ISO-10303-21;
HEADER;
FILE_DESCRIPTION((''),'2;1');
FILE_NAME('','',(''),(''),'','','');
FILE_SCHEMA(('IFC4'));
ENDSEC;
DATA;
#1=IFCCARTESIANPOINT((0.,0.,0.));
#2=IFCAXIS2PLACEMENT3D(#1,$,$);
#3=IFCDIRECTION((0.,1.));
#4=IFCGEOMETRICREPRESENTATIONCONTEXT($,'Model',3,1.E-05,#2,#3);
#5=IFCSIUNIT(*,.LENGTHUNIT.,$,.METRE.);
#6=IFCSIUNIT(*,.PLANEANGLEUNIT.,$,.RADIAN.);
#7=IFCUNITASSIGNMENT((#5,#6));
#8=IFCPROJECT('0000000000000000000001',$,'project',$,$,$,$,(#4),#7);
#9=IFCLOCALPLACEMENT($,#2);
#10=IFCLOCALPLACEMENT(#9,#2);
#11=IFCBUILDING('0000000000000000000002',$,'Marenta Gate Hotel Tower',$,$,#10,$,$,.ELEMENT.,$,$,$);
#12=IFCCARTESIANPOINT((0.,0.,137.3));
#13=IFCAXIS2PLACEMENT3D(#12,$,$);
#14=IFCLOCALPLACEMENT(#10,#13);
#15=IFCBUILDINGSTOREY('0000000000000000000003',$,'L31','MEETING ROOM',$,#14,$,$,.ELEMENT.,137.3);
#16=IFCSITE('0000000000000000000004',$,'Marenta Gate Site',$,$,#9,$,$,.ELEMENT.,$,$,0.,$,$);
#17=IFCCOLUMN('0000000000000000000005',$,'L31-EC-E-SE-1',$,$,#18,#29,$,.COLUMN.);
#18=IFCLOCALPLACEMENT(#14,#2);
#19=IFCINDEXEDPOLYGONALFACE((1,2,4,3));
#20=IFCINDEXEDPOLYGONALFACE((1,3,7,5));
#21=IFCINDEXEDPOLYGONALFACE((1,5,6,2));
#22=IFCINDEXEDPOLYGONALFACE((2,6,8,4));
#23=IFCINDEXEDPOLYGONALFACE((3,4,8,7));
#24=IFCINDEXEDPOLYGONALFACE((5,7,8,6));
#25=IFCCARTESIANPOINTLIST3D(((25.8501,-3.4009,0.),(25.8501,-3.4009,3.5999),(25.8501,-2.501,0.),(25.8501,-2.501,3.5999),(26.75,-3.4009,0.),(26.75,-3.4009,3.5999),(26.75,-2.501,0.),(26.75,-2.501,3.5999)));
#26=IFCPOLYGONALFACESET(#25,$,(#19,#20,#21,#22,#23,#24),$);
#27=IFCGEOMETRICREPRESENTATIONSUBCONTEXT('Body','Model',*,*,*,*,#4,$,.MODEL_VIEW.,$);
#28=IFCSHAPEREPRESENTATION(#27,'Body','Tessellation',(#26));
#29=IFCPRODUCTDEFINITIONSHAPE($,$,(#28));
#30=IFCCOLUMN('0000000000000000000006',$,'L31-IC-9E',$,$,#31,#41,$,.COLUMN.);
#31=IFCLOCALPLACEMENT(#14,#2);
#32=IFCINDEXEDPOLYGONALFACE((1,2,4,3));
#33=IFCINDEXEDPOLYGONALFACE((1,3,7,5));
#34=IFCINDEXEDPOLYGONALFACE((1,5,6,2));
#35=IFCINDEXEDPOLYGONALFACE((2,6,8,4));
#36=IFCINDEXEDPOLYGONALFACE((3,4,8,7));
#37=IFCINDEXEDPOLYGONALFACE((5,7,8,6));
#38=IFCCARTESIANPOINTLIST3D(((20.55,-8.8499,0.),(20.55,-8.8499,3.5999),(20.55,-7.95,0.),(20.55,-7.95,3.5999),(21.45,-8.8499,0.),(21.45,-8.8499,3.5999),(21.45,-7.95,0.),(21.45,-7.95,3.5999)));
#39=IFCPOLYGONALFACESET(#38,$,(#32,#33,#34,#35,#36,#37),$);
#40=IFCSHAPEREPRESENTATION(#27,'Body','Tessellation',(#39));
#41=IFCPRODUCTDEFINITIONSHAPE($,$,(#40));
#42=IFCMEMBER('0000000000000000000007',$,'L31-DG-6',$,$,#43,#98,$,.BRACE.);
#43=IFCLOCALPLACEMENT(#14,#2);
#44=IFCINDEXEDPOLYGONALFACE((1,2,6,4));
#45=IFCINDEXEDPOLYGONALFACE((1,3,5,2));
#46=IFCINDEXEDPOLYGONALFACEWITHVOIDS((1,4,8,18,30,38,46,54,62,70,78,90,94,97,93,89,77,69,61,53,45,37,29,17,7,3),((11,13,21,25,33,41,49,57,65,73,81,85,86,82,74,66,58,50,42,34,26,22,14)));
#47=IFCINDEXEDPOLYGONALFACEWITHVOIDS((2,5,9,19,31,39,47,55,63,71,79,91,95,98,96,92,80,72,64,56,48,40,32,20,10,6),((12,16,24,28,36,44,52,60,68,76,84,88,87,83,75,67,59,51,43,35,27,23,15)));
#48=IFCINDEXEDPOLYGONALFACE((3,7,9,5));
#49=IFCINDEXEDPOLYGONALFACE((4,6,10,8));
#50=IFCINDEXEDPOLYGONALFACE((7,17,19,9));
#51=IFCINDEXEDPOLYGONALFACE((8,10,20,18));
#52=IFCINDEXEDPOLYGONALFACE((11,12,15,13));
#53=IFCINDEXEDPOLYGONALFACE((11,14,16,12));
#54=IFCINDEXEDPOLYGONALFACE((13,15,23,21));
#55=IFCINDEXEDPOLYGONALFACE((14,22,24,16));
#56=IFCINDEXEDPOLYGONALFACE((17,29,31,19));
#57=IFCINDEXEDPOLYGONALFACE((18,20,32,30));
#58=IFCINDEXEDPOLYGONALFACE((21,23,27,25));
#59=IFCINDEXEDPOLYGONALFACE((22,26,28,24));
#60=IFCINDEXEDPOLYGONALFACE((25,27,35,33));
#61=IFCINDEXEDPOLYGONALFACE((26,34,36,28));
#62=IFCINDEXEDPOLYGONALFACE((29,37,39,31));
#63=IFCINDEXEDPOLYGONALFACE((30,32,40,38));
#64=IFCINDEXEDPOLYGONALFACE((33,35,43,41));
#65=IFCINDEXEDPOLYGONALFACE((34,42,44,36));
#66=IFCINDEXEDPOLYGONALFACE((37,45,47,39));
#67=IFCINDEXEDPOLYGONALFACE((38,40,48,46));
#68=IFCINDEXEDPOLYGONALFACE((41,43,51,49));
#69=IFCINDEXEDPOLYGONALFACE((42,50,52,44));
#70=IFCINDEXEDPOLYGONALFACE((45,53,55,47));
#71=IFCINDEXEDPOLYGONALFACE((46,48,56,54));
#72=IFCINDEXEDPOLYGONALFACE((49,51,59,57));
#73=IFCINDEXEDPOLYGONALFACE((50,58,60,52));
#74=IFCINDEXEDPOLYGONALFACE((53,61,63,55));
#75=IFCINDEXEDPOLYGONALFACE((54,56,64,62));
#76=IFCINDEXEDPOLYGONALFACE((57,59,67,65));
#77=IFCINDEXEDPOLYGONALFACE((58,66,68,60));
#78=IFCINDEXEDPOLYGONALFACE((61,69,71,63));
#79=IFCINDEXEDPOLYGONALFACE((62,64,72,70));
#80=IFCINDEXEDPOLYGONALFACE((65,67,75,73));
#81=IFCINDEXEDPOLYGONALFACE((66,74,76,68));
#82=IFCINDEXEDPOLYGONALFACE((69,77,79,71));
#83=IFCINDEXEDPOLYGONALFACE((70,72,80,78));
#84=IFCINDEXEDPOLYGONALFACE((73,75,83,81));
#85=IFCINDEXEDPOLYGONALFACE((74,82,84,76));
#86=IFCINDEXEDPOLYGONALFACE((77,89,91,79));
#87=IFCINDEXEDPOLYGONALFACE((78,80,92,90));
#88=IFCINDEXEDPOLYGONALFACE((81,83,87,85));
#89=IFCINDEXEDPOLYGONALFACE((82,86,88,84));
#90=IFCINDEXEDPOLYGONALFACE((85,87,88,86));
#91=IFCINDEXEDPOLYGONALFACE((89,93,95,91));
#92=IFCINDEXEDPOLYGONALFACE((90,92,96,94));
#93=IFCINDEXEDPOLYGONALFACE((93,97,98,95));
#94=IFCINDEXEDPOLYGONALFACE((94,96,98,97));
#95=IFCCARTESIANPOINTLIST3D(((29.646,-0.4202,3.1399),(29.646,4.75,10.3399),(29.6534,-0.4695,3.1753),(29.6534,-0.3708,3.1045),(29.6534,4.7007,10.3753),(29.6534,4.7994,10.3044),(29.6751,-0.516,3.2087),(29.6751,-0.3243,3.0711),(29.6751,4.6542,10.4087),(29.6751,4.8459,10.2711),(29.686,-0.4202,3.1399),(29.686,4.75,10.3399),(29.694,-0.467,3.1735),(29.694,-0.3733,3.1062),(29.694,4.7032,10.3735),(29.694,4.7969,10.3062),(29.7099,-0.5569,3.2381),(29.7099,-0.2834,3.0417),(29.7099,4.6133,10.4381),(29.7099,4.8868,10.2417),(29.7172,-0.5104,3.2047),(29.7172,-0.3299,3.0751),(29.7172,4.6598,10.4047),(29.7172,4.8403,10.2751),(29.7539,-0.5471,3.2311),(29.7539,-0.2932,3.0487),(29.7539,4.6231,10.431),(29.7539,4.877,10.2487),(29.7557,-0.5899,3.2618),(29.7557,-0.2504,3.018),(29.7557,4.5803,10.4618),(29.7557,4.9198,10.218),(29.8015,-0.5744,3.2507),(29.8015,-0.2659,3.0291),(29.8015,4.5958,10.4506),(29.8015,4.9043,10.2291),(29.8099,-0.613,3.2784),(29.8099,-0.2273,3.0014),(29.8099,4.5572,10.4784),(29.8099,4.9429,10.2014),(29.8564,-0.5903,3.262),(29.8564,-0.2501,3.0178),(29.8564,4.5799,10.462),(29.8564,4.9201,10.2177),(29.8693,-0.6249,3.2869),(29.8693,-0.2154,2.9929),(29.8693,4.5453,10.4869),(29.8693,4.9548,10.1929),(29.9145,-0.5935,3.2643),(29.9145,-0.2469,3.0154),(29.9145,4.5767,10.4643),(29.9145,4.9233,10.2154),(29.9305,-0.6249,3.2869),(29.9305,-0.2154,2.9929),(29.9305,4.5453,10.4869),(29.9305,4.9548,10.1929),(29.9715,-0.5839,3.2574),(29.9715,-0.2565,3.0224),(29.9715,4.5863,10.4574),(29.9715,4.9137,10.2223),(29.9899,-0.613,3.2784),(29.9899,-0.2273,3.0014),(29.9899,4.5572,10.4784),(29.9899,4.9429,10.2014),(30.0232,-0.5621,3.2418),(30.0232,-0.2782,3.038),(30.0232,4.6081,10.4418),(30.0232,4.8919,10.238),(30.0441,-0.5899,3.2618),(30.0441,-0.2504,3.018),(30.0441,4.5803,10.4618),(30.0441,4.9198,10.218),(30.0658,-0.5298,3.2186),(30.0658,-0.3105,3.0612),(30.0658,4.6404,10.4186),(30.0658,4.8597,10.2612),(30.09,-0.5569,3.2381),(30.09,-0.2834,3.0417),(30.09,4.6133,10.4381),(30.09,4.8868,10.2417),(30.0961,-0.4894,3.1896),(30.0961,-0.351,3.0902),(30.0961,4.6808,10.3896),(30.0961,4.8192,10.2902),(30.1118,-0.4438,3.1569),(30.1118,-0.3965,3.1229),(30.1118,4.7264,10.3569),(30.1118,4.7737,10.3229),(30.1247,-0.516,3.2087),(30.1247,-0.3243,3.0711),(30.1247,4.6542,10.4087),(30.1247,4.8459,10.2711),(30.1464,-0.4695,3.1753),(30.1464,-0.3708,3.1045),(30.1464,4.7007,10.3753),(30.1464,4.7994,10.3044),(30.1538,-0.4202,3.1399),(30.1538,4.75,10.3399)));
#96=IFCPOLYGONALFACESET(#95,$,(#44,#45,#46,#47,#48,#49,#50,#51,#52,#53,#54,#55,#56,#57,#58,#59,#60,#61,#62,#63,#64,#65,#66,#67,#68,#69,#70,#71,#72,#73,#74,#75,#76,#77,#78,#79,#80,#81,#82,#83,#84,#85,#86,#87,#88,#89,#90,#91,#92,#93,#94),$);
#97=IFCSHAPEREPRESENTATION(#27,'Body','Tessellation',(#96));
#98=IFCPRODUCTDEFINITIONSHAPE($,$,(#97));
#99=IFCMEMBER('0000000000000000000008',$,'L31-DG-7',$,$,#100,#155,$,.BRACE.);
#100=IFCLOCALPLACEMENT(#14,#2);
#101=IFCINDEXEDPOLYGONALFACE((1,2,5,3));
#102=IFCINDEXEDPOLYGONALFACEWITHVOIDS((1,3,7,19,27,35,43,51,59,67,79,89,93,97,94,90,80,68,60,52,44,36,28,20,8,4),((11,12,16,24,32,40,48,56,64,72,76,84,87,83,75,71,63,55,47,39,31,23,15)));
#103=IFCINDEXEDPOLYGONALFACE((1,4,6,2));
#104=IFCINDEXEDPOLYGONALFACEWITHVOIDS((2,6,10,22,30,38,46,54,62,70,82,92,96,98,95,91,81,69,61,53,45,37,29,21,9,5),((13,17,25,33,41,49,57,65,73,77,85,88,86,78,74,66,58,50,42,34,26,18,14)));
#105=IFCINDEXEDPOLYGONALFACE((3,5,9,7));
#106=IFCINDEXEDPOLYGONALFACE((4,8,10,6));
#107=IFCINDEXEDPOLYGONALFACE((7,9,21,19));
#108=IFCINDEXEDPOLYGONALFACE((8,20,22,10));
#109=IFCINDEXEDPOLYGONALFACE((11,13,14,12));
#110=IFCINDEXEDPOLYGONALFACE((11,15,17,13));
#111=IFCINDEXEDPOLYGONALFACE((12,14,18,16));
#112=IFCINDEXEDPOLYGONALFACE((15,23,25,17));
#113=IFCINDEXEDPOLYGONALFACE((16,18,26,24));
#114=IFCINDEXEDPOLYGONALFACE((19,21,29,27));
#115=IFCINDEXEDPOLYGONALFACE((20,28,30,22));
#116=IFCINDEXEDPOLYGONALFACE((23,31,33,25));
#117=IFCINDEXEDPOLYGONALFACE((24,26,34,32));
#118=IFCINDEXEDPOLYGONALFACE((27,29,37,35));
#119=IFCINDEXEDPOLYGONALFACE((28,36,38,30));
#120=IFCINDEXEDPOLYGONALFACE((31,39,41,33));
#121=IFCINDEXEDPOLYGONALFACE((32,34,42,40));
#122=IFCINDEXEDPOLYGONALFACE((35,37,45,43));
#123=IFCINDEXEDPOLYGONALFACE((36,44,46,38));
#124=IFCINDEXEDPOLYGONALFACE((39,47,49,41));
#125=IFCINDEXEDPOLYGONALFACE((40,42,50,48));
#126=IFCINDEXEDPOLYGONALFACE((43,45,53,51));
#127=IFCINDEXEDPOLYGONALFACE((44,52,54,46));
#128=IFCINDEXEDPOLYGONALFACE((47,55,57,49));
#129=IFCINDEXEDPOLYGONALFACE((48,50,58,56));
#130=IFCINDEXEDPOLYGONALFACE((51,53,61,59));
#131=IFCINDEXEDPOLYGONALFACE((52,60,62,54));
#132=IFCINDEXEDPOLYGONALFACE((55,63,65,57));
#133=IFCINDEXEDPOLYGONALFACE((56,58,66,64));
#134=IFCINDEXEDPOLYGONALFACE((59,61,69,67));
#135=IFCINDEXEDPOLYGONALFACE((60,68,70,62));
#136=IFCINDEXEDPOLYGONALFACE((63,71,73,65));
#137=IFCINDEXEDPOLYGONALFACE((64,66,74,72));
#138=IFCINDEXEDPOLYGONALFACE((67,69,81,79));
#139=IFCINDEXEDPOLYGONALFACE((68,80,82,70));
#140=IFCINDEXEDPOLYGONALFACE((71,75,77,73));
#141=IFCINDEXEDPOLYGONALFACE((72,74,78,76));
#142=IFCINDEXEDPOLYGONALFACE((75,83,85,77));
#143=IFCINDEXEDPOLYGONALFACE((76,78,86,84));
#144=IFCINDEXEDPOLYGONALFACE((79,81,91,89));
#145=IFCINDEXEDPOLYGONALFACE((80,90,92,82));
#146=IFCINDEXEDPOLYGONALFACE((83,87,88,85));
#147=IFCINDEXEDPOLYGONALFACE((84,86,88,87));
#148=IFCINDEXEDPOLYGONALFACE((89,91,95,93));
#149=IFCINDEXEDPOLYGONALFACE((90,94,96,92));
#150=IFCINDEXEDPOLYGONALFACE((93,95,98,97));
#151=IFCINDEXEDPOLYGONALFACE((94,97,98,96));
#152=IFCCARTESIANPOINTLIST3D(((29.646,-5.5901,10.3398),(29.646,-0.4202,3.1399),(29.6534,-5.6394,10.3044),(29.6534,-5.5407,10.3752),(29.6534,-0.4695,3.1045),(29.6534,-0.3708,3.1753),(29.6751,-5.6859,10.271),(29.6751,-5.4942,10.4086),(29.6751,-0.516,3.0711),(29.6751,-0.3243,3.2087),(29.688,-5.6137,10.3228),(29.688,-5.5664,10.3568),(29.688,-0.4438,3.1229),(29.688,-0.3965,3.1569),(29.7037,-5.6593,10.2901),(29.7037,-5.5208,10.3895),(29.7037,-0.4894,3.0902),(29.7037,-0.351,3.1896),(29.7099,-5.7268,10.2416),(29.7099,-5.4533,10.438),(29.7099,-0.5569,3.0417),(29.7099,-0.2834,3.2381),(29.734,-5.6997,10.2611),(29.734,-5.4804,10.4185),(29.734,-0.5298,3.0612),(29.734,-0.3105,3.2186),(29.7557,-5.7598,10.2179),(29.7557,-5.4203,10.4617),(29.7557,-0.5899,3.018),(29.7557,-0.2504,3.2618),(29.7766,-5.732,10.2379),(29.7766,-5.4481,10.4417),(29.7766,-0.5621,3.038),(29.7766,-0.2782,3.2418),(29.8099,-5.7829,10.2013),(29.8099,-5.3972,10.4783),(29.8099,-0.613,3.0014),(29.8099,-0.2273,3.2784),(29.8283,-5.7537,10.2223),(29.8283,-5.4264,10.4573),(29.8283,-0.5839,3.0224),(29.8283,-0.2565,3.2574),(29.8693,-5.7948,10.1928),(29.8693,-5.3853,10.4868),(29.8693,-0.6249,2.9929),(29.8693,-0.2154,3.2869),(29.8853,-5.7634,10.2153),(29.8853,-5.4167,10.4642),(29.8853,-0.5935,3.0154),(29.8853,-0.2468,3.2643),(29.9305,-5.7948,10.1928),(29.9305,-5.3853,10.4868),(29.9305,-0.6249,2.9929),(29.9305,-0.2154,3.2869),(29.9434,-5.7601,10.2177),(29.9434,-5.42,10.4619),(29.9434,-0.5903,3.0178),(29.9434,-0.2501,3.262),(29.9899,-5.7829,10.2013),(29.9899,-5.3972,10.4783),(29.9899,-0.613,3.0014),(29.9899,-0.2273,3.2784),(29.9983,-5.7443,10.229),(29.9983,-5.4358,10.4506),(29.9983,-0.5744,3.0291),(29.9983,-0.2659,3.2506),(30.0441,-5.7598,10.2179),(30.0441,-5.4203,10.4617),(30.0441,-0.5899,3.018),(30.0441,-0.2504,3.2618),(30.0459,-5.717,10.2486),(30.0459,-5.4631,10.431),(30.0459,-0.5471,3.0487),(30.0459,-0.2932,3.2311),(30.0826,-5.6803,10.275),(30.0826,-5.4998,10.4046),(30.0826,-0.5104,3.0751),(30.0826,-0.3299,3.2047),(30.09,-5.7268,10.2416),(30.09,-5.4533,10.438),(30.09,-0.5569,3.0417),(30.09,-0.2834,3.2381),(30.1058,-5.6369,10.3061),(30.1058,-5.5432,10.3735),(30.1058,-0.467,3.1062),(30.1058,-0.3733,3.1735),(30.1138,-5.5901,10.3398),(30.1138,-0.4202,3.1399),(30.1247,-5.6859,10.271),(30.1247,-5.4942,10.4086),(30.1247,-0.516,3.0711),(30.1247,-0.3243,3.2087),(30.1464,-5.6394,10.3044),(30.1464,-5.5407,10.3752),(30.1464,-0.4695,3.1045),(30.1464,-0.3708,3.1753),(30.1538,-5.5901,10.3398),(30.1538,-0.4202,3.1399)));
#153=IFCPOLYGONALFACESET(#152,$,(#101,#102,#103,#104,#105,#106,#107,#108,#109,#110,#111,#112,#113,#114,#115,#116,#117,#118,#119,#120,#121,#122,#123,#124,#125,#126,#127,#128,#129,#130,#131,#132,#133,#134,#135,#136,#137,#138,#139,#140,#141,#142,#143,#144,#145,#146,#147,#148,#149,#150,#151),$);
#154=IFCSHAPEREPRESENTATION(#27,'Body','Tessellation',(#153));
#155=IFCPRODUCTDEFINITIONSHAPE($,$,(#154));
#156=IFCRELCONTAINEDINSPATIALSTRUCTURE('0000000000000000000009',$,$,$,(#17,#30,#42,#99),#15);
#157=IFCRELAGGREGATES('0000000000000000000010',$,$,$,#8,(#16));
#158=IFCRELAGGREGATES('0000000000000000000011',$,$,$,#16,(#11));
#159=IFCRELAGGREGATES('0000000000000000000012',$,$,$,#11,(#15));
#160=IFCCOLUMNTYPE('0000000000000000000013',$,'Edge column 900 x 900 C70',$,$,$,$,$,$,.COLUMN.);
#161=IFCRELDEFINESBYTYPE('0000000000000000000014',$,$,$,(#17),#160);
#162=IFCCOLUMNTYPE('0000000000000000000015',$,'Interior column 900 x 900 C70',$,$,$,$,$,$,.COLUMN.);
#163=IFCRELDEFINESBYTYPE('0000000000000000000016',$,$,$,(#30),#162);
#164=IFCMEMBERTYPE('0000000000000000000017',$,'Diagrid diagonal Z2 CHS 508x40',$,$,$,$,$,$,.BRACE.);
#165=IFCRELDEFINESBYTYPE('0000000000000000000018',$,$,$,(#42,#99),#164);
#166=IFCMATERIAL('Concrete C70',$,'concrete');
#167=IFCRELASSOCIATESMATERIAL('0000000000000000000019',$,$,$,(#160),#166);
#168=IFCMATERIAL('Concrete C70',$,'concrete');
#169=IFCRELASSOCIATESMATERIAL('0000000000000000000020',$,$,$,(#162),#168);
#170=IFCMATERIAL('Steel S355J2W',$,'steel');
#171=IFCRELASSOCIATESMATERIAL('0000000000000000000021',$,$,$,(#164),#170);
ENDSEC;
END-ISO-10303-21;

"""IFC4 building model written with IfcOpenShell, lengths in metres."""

from ifc_helpers import new_model, si_unit, direction, frame, origin, origin_2d, place, context, subcontext, project, spatial, rectangle, hollow_circle, extrude, material, material_profile, profile_set, type_object, element, save


model = new_model("IFC4")

# Units and contexts
model_context = context("Model", 3, precision=1e-05, world=origin(), true_north=direction((0.0, 1.0)))
body_context = subcontext(model_context, "Body", "Model", "MODEL_VIEW")
ifc_project = project(units=[si_unit("LENGTHUNIT", "METRE"), si_unit("PLANEANGLEUNIT", "RADIAN")], contexts=[model_context])

# Site, building, storey
site_placement = place(None, origin())
site = spatial("IfcSite", under=ifc_project, at=site_placement, Name="Marenta Gate Site", CompositionType="ELEMENT", RefElevation=0.0)
building_placement = place(site_placement, origin())
building = spatial("IfcBuilding", under=site, at=building_placement, Name="Marenta Gate Hotel Tower", CompositionType="ELEMENT")
storey_placement = place(building_placement, frame((0.0, 0.0, 137.3)))
storey = spatial("IfcBuildingStorey", under=building, at=storey_placement, Name="L31", Description="MEETING ROOM", CompositionType="ELEMENT", Elevation=137.3)

# Columns
ifc_material_1 = material(Name="Concrete C70", Category="concrete")
ifc_material_profile_1 = material_profile(ifc_material_1, rectangle(XDim=0.8999, YDim=0.8999, at=origin_2d()), Name="900 x 900")
ifc_profile_set_1 = profile_set([ifc_material_profile_1], Name="Concrete C70")
column_type_1 = type_object("IfcColumnType", Name="Edge column 900 x 900 C70", PredefinedType="COLUMN", material=ifc_profile_set_1)
column_1_placement = place(storey_placement, frame((26.3, -2.9509, 0.0), z_axis=(0.0, 0.0, 1.0), x_axis=(1.0, 0.0, 0.0)))
element("IfcColumn", 1, at=column_1_placement, inside=storey, type_object=column_type_1, Name="L31-EC-E-SE-1", PredefinedType="COLUMN", context=body_context, shape_type="SweptSolid", body=[
    extrude(rectangle(XDim=0.8999, YDim=0.8999, at=origin_2d()), origin(), (0.0, 0.0, 1.0), 3.5999),
])
ifc_material_2 = material(Name="Concrete C70", Category="concrete")
ifc_material_profile_2 = material_profile(ifc_material_2, rectangle(XDim=0.8999, YDim=0.8999, at=origin_2d()), Name="900 x 900")
ifc_profile_set_2 = profile_set([ifc_material_profile_2], Name="Concrete C70")
column_type_2 = type_object("IfcColumnType", Name="Interior column 900 x 900 C70", PredefinedType="COLUMN", material=ifc_profile_set_2)
column_2_placement = place(storey_placement, frame((21.0, -8.3999, 0.0), z_axis=(0.0, 0.0, 1.0), x_axis=(1.0, 0.0, 0.0)))
element("IfcColumn", 2, at=column_2_placement, inside=storey, type_object=column_type_2, Name="L31-IC-9E", PredefinedType="COLUMN", context=body_context, shape_type="SweptSolid", body=[
    extrude(rectangle(XDim=0.8999, YDim=0.8999, at=origin_2d()), origin(), (0.0, 0.0, 1.0), 3.5999),
])

# Members
ifc_material_3 = material(Name="Steel S355J2W", Category="steel")
ifc_material_profile_3 = material_profile(ifc_material_3, hollow_circle(Radius=0.2539, WallThickness=0.04, at=origin_2d()), Name="CHS 508x40")
ifc_profile_set_3 = profile_set([ifc_material_profile_3], Name="Steel S355J2W")
member_type_1 = type_object("IfcMemberType", Name="Diagrid diagonal Z2 CHS 508x40", PredefinedType="BRACE", material=ifc_profile_set_3)
member_1_placement = place(storey_placement, frame((29.8999, -0.4202, 3.1399), z_axis=(0.0, 0.583279, 0.812272), x_axis=(-1.0, 0.0, 0.0)))
element("IfcMember", 3, at=member_1_placement, inside=storey, type_object=member_type_1, Name="L31-DG-6", PredefinedType="BRACE", context=body_context, shape_type="SweptSolid", body=[
    extrude(hollow_circle(Radius=0.2539, WallThickness=0.04, at=origin_2d()), origin(), (0.0, 0.0, 1.0), 8.864),
])
member_2_placement = place(storey_placement, frame((29.8999, -0.4202, 3.1399), z_axis=(0.0, -0.583261, 0.812285), x_axis=(1.0, 0.0, 0.0)))
element("IfcMember", 4, at=member_2_placement, inside=storey, type_object=member_type_1, Name="L31-DG-7", PredefinedType="BRACE", context=body_context, shape_type="SweptSolid", body=[
    extrude(hollow_circle(Radius=0.2539, WallThickness=0.04, at=origin_2d()), origin(), (0.0, 0.0, 1.0), 8.8638),
])

save(model, "model.ifc")
